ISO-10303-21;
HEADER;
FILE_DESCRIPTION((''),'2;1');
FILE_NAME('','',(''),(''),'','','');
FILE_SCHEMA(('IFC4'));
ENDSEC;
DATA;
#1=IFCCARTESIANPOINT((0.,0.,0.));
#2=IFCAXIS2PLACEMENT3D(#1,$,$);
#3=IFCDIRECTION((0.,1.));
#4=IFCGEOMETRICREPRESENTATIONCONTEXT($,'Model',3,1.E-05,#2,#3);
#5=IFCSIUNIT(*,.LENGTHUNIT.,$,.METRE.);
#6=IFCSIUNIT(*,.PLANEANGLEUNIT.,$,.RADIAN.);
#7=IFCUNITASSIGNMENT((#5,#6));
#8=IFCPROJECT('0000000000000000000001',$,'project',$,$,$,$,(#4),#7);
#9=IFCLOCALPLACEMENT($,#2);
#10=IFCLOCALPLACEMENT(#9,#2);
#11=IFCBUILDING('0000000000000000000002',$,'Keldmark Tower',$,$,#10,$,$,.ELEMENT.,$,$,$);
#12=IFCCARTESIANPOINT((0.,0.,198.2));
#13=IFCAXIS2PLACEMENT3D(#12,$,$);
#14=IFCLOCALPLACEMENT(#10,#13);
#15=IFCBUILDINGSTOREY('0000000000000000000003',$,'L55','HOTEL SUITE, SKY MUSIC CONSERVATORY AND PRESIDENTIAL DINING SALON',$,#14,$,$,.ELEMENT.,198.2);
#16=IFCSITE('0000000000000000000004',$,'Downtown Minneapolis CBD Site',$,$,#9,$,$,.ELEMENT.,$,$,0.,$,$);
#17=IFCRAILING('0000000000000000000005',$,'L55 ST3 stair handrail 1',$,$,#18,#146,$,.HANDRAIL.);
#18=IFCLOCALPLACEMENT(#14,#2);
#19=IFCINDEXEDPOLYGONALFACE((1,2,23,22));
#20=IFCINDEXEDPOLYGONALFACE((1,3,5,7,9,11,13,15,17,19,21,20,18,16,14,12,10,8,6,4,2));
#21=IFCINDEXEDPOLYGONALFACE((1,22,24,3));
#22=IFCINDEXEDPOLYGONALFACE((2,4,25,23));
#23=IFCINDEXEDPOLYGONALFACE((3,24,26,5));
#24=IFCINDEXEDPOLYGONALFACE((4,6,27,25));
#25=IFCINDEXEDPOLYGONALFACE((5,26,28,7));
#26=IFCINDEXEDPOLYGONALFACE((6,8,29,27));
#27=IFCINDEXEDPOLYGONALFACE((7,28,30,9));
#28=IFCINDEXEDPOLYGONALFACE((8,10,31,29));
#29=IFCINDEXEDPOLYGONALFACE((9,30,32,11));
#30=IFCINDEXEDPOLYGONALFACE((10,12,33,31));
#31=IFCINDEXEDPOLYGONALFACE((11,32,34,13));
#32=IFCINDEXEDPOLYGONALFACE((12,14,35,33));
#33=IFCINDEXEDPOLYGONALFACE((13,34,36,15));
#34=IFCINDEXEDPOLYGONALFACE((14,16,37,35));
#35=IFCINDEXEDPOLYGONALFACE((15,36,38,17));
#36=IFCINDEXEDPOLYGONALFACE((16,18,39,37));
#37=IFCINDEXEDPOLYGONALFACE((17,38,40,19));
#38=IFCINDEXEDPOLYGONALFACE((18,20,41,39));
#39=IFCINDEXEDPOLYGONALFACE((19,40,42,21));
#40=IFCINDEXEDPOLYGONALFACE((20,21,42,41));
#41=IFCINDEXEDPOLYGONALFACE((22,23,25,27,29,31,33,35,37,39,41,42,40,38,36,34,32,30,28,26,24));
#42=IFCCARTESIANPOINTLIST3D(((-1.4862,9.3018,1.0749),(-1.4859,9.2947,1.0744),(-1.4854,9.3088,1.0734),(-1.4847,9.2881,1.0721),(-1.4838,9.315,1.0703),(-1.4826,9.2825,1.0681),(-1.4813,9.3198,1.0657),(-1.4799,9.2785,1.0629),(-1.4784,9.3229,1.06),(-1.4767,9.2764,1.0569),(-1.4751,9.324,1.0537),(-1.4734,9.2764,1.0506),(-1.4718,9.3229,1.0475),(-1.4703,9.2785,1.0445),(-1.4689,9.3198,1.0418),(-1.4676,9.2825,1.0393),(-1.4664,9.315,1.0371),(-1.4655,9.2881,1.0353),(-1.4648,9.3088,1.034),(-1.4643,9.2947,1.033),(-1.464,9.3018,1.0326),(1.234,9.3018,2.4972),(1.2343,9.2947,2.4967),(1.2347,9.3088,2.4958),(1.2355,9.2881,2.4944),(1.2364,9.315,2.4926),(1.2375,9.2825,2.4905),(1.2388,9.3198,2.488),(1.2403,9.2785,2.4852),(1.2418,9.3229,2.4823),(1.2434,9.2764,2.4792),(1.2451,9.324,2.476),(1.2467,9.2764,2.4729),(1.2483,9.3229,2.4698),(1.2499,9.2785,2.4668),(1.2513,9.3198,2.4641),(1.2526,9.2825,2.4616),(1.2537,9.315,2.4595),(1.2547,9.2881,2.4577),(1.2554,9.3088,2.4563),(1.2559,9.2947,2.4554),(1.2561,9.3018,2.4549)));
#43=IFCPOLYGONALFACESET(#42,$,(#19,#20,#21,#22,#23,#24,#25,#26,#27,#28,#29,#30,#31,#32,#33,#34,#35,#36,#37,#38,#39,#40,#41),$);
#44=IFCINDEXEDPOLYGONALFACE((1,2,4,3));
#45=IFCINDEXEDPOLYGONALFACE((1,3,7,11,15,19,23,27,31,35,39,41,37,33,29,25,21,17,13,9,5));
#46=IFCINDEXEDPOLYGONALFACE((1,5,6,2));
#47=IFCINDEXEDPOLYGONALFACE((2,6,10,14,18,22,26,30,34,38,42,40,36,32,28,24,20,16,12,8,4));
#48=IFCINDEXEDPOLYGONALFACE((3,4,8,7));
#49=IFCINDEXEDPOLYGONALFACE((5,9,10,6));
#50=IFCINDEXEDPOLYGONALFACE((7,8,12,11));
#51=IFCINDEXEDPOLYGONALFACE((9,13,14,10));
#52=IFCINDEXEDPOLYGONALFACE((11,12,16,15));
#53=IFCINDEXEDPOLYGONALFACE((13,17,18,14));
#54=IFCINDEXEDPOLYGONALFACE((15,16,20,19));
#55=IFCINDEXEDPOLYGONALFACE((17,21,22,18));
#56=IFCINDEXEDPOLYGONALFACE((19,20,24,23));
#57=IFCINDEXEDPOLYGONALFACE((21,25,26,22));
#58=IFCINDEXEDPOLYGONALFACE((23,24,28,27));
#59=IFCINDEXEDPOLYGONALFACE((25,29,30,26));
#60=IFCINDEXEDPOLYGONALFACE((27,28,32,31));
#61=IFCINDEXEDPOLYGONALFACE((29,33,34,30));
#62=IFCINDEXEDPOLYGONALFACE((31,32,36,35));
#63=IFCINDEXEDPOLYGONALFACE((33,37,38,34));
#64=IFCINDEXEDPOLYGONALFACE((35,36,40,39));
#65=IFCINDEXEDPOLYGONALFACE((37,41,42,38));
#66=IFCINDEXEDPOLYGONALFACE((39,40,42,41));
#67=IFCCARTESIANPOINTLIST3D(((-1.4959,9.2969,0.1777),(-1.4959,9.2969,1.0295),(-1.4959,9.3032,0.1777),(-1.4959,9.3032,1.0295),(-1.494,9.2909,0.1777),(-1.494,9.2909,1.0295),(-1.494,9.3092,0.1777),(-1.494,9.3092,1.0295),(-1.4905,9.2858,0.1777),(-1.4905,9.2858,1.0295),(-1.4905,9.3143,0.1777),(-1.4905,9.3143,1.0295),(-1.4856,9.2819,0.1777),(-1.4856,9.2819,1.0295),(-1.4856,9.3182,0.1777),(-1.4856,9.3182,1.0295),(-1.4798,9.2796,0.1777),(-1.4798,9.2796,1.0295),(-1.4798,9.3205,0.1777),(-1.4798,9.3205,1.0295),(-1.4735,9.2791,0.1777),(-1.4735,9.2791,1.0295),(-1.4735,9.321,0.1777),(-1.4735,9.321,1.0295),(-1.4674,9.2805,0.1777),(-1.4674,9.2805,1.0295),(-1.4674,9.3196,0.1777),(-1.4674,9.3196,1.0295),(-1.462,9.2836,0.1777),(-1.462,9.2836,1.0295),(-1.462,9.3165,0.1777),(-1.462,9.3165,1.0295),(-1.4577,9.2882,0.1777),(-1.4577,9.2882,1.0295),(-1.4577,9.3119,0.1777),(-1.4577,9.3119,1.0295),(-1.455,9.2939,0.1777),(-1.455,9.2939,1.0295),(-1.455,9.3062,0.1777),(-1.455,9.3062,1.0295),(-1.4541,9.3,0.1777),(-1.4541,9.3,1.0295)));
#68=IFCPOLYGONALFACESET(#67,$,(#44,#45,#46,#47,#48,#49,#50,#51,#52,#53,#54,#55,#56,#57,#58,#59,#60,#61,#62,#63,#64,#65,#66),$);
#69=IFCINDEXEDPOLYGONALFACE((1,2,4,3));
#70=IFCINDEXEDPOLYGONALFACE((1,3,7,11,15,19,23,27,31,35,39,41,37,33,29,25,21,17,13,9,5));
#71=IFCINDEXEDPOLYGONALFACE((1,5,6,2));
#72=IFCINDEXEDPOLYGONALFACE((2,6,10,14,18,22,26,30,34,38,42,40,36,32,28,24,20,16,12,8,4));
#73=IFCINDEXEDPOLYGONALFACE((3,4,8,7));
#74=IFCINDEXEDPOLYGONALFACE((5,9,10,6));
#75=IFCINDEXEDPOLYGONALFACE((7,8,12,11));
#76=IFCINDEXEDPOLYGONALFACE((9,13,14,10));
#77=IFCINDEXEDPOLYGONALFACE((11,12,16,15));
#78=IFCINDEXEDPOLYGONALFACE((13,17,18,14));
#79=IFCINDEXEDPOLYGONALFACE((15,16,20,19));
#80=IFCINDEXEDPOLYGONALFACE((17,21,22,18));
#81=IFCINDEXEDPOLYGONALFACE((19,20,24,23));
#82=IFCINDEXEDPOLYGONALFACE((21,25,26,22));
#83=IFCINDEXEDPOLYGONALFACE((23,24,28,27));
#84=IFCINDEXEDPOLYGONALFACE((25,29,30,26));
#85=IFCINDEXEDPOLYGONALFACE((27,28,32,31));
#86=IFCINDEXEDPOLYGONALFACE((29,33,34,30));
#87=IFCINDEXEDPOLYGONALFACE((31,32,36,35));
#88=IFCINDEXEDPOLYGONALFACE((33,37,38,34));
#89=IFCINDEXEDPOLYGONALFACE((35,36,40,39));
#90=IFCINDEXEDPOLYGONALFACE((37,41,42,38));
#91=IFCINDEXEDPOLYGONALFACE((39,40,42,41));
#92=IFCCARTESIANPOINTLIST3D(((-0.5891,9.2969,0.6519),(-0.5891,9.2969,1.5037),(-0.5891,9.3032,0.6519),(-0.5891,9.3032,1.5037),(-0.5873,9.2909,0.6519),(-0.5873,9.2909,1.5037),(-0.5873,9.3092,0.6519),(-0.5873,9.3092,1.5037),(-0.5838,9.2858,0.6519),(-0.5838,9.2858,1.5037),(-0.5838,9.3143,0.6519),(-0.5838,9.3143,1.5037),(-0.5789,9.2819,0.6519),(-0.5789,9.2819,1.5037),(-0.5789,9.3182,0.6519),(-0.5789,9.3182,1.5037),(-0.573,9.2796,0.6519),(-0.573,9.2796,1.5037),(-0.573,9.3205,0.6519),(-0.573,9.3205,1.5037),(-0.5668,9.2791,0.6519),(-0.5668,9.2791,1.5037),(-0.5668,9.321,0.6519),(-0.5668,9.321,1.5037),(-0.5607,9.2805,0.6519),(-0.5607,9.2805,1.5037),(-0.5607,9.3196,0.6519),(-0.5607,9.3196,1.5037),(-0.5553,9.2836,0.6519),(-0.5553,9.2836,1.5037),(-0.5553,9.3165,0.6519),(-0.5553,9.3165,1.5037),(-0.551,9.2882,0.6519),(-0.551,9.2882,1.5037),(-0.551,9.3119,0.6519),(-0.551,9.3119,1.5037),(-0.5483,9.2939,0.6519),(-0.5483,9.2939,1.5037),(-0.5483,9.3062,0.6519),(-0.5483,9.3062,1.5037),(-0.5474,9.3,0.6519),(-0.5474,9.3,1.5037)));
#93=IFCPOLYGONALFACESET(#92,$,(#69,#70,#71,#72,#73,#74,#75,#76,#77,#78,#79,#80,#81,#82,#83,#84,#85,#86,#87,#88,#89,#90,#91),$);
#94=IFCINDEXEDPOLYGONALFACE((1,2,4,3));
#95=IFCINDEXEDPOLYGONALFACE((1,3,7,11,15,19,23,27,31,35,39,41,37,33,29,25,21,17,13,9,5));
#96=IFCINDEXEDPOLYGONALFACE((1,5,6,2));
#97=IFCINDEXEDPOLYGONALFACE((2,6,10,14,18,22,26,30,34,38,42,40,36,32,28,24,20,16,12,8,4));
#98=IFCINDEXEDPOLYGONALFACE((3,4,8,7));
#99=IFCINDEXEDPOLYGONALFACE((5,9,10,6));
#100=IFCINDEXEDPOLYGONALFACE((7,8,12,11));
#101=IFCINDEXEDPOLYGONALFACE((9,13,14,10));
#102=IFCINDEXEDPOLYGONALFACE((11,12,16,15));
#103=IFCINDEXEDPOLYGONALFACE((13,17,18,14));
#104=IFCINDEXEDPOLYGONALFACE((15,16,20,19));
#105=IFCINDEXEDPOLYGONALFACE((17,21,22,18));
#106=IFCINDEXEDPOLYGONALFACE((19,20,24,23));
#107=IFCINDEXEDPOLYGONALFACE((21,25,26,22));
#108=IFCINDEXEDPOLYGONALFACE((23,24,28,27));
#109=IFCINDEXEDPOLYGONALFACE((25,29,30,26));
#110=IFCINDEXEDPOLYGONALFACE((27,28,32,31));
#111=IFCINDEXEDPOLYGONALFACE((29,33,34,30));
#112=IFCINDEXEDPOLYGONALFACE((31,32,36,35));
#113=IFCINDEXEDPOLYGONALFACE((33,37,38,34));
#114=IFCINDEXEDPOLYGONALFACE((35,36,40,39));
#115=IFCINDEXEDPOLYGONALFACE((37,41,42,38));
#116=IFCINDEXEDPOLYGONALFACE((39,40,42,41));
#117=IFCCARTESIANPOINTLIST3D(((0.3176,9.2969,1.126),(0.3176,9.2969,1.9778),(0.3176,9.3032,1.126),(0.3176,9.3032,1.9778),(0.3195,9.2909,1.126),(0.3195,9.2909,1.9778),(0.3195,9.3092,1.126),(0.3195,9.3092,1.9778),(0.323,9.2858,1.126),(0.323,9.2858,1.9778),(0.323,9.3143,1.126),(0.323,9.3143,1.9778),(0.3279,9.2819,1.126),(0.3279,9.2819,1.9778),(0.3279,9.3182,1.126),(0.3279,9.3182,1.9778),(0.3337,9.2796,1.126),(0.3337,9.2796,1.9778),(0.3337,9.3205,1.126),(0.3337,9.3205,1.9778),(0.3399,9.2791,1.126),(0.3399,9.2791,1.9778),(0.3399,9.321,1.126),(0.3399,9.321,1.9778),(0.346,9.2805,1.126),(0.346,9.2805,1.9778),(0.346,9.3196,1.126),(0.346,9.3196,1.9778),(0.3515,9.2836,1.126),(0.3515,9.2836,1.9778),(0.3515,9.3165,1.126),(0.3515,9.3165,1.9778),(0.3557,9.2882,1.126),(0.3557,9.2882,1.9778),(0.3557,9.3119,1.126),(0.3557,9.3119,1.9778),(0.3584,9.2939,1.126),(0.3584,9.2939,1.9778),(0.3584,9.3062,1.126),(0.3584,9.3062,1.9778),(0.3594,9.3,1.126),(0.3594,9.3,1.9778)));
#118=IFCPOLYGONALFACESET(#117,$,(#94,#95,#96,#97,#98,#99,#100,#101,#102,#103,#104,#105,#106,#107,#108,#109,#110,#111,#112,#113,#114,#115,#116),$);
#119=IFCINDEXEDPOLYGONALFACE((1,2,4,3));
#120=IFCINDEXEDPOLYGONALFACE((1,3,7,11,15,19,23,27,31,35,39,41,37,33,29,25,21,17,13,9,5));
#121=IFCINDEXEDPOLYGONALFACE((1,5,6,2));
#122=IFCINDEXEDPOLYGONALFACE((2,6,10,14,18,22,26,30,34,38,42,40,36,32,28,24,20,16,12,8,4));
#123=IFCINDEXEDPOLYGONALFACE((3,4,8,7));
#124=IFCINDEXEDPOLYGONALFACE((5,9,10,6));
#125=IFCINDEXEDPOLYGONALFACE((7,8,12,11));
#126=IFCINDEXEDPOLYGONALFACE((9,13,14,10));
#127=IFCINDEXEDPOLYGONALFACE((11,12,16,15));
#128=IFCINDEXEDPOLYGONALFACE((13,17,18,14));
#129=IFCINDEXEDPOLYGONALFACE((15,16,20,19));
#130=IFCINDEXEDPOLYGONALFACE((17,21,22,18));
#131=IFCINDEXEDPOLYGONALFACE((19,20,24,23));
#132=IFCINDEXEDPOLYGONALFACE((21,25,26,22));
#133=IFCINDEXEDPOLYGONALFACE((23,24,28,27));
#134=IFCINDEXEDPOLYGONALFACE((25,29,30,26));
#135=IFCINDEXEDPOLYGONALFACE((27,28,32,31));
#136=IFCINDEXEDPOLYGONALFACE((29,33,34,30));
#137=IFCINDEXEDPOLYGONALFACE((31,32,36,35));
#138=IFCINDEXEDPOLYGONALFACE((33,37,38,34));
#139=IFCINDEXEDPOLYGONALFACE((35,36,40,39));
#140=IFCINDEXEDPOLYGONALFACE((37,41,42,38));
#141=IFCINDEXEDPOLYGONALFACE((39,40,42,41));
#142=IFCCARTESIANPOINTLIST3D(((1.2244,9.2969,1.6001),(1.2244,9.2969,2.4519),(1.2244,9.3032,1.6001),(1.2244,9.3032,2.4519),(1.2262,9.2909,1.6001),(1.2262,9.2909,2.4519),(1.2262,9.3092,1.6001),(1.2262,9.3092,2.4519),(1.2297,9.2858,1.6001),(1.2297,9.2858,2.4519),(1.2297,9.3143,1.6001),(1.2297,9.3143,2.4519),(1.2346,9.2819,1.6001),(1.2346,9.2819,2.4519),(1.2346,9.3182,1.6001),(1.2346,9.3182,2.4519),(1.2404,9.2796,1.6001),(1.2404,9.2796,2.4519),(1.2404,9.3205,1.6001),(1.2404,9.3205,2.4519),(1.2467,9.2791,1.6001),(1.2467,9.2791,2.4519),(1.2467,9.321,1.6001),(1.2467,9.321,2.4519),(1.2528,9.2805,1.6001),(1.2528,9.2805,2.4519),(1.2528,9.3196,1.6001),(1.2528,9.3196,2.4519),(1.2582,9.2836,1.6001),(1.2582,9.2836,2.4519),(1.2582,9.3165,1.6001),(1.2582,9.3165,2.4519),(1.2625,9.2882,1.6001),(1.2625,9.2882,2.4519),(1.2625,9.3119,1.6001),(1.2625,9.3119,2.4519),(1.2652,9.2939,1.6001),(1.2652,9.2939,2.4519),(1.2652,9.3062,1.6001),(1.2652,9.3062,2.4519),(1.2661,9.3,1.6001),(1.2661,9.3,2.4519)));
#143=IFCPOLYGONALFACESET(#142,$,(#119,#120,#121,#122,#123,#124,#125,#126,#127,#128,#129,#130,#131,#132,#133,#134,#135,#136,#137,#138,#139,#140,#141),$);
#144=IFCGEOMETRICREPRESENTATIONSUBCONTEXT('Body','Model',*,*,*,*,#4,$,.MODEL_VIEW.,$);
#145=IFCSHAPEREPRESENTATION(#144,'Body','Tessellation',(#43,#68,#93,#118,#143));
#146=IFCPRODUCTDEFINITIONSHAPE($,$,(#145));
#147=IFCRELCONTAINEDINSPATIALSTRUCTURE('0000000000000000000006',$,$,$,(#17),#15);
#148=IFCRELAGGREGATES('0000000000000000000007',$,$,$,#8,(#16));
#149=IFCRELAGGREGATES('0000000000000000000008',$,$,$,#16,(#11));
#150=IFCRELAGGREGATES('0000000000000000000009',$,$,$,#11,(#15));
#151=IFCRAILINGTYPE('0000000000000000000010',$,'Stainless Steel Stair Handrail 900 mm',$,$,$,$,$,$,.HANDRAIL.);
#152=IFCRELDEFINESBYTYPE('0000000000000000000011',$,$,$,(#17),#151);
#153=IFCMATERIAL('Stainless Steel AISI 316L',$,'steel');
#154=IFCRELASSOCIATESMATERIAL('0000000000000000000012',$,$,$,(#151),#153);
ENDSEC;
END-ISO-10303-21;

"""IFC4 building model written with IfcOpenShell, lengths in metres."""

from ifc_helpers import new_model, si_unit, direction, frame, origin, origin_2d, place, context, subcontext, project, spatial, circle, extrude, material, type_object, element, save


model = new_model("IFC4")

# Units and contexts
model_context = context("Model", 3, precision=1e-05, world=origin(), true_north=direction((0.0, 1.0)))
body_context = subcontext(model_context, "Body", "Model", "MODEL_VIEW")
ifc_project = project(units=[si_unit("LENGTHUNIT", "METRE"), si_unit("PLANEANGLEUNIT", "RADIAN")], contexts=[model_context])

# Site, building, storey
site_placement = place(None, origin())
site = spatial("IfcSite", under=ifc_project, at=site_placement, Name="Downtown Minneapolis CBD Site", CompositionType="ELEMENT", RefElevation=0.0)
building_placement = place(site_placement, origin())
building = spatial("IfcBuilding", under=site, at=building_placement, Name="Keldmark Tower", CompositionType="ELEMENT")
storey_placement = place(building_placement, frame((0.0, 0.0, 198.2)))
storey = spatial("IfcBuildingStorey", under=building, at=storey_placement, Name="L55", Description="HOTEL SUITE, SKY MUSIC CONSERVATORY AND PRESIDENTIAL DINING SALON", CompositionType="ELEMENT", Elevation=198.2)

# Railing
ifc_material_1 = material(Name="Stainless Steel AISI 316L", Category="steel")
railing_type_1 = type_object("IfcRailingType", Name="Stainless Steel Stair Handrail 900 mm", PredefinedType="HANDRAIL", material=ifc_material_1)
railing_1_placement = place(storey_placement, frame((-1.4751, 9.3, 0.1777)))
element("IfcRailing", 1, at=railing_1_placement, inside=storey, type_object=railing_type_1, Name="L55 ST3 stair handrail 1", PredefinedType="HANDRAIL", context=body_context, shape_type="SweptSolid", body=[
    extrude(circle(Radius=0.0239, at=origin_2d()), frame((0.0, 0.0, 0.876), z_axis=(0.886168, 0.0, 0.463365), x_axis=(0.0, 1.0, 0.0)), (0.0, 0.0, 1.0), 3.0696),
    extrude(circle(Radius=0.021, at=origin_2d()), origin(), (0.0, 0.0, 1.0), 0.8518),
    extrude(circle(Radius=0.021, at=origin_2d()), frame((0.9067, 0.0, 0.4741)), (0.0, 0.0, 1.0), 0.8518),
    extrude(circle(Radius=0.021, at=origin_2d()), frame((1.8135, 0.0, 0.9482)), (0.0, 0.0, 1.0), 0.8518),
    extrude(circle(Radius=0.021, at=origin_2d()), frame((2.7202, 0.0, 1.4224)), (0.0, 0.0, 1.0), 0.8518),
])

save(model, "model.ifc")
